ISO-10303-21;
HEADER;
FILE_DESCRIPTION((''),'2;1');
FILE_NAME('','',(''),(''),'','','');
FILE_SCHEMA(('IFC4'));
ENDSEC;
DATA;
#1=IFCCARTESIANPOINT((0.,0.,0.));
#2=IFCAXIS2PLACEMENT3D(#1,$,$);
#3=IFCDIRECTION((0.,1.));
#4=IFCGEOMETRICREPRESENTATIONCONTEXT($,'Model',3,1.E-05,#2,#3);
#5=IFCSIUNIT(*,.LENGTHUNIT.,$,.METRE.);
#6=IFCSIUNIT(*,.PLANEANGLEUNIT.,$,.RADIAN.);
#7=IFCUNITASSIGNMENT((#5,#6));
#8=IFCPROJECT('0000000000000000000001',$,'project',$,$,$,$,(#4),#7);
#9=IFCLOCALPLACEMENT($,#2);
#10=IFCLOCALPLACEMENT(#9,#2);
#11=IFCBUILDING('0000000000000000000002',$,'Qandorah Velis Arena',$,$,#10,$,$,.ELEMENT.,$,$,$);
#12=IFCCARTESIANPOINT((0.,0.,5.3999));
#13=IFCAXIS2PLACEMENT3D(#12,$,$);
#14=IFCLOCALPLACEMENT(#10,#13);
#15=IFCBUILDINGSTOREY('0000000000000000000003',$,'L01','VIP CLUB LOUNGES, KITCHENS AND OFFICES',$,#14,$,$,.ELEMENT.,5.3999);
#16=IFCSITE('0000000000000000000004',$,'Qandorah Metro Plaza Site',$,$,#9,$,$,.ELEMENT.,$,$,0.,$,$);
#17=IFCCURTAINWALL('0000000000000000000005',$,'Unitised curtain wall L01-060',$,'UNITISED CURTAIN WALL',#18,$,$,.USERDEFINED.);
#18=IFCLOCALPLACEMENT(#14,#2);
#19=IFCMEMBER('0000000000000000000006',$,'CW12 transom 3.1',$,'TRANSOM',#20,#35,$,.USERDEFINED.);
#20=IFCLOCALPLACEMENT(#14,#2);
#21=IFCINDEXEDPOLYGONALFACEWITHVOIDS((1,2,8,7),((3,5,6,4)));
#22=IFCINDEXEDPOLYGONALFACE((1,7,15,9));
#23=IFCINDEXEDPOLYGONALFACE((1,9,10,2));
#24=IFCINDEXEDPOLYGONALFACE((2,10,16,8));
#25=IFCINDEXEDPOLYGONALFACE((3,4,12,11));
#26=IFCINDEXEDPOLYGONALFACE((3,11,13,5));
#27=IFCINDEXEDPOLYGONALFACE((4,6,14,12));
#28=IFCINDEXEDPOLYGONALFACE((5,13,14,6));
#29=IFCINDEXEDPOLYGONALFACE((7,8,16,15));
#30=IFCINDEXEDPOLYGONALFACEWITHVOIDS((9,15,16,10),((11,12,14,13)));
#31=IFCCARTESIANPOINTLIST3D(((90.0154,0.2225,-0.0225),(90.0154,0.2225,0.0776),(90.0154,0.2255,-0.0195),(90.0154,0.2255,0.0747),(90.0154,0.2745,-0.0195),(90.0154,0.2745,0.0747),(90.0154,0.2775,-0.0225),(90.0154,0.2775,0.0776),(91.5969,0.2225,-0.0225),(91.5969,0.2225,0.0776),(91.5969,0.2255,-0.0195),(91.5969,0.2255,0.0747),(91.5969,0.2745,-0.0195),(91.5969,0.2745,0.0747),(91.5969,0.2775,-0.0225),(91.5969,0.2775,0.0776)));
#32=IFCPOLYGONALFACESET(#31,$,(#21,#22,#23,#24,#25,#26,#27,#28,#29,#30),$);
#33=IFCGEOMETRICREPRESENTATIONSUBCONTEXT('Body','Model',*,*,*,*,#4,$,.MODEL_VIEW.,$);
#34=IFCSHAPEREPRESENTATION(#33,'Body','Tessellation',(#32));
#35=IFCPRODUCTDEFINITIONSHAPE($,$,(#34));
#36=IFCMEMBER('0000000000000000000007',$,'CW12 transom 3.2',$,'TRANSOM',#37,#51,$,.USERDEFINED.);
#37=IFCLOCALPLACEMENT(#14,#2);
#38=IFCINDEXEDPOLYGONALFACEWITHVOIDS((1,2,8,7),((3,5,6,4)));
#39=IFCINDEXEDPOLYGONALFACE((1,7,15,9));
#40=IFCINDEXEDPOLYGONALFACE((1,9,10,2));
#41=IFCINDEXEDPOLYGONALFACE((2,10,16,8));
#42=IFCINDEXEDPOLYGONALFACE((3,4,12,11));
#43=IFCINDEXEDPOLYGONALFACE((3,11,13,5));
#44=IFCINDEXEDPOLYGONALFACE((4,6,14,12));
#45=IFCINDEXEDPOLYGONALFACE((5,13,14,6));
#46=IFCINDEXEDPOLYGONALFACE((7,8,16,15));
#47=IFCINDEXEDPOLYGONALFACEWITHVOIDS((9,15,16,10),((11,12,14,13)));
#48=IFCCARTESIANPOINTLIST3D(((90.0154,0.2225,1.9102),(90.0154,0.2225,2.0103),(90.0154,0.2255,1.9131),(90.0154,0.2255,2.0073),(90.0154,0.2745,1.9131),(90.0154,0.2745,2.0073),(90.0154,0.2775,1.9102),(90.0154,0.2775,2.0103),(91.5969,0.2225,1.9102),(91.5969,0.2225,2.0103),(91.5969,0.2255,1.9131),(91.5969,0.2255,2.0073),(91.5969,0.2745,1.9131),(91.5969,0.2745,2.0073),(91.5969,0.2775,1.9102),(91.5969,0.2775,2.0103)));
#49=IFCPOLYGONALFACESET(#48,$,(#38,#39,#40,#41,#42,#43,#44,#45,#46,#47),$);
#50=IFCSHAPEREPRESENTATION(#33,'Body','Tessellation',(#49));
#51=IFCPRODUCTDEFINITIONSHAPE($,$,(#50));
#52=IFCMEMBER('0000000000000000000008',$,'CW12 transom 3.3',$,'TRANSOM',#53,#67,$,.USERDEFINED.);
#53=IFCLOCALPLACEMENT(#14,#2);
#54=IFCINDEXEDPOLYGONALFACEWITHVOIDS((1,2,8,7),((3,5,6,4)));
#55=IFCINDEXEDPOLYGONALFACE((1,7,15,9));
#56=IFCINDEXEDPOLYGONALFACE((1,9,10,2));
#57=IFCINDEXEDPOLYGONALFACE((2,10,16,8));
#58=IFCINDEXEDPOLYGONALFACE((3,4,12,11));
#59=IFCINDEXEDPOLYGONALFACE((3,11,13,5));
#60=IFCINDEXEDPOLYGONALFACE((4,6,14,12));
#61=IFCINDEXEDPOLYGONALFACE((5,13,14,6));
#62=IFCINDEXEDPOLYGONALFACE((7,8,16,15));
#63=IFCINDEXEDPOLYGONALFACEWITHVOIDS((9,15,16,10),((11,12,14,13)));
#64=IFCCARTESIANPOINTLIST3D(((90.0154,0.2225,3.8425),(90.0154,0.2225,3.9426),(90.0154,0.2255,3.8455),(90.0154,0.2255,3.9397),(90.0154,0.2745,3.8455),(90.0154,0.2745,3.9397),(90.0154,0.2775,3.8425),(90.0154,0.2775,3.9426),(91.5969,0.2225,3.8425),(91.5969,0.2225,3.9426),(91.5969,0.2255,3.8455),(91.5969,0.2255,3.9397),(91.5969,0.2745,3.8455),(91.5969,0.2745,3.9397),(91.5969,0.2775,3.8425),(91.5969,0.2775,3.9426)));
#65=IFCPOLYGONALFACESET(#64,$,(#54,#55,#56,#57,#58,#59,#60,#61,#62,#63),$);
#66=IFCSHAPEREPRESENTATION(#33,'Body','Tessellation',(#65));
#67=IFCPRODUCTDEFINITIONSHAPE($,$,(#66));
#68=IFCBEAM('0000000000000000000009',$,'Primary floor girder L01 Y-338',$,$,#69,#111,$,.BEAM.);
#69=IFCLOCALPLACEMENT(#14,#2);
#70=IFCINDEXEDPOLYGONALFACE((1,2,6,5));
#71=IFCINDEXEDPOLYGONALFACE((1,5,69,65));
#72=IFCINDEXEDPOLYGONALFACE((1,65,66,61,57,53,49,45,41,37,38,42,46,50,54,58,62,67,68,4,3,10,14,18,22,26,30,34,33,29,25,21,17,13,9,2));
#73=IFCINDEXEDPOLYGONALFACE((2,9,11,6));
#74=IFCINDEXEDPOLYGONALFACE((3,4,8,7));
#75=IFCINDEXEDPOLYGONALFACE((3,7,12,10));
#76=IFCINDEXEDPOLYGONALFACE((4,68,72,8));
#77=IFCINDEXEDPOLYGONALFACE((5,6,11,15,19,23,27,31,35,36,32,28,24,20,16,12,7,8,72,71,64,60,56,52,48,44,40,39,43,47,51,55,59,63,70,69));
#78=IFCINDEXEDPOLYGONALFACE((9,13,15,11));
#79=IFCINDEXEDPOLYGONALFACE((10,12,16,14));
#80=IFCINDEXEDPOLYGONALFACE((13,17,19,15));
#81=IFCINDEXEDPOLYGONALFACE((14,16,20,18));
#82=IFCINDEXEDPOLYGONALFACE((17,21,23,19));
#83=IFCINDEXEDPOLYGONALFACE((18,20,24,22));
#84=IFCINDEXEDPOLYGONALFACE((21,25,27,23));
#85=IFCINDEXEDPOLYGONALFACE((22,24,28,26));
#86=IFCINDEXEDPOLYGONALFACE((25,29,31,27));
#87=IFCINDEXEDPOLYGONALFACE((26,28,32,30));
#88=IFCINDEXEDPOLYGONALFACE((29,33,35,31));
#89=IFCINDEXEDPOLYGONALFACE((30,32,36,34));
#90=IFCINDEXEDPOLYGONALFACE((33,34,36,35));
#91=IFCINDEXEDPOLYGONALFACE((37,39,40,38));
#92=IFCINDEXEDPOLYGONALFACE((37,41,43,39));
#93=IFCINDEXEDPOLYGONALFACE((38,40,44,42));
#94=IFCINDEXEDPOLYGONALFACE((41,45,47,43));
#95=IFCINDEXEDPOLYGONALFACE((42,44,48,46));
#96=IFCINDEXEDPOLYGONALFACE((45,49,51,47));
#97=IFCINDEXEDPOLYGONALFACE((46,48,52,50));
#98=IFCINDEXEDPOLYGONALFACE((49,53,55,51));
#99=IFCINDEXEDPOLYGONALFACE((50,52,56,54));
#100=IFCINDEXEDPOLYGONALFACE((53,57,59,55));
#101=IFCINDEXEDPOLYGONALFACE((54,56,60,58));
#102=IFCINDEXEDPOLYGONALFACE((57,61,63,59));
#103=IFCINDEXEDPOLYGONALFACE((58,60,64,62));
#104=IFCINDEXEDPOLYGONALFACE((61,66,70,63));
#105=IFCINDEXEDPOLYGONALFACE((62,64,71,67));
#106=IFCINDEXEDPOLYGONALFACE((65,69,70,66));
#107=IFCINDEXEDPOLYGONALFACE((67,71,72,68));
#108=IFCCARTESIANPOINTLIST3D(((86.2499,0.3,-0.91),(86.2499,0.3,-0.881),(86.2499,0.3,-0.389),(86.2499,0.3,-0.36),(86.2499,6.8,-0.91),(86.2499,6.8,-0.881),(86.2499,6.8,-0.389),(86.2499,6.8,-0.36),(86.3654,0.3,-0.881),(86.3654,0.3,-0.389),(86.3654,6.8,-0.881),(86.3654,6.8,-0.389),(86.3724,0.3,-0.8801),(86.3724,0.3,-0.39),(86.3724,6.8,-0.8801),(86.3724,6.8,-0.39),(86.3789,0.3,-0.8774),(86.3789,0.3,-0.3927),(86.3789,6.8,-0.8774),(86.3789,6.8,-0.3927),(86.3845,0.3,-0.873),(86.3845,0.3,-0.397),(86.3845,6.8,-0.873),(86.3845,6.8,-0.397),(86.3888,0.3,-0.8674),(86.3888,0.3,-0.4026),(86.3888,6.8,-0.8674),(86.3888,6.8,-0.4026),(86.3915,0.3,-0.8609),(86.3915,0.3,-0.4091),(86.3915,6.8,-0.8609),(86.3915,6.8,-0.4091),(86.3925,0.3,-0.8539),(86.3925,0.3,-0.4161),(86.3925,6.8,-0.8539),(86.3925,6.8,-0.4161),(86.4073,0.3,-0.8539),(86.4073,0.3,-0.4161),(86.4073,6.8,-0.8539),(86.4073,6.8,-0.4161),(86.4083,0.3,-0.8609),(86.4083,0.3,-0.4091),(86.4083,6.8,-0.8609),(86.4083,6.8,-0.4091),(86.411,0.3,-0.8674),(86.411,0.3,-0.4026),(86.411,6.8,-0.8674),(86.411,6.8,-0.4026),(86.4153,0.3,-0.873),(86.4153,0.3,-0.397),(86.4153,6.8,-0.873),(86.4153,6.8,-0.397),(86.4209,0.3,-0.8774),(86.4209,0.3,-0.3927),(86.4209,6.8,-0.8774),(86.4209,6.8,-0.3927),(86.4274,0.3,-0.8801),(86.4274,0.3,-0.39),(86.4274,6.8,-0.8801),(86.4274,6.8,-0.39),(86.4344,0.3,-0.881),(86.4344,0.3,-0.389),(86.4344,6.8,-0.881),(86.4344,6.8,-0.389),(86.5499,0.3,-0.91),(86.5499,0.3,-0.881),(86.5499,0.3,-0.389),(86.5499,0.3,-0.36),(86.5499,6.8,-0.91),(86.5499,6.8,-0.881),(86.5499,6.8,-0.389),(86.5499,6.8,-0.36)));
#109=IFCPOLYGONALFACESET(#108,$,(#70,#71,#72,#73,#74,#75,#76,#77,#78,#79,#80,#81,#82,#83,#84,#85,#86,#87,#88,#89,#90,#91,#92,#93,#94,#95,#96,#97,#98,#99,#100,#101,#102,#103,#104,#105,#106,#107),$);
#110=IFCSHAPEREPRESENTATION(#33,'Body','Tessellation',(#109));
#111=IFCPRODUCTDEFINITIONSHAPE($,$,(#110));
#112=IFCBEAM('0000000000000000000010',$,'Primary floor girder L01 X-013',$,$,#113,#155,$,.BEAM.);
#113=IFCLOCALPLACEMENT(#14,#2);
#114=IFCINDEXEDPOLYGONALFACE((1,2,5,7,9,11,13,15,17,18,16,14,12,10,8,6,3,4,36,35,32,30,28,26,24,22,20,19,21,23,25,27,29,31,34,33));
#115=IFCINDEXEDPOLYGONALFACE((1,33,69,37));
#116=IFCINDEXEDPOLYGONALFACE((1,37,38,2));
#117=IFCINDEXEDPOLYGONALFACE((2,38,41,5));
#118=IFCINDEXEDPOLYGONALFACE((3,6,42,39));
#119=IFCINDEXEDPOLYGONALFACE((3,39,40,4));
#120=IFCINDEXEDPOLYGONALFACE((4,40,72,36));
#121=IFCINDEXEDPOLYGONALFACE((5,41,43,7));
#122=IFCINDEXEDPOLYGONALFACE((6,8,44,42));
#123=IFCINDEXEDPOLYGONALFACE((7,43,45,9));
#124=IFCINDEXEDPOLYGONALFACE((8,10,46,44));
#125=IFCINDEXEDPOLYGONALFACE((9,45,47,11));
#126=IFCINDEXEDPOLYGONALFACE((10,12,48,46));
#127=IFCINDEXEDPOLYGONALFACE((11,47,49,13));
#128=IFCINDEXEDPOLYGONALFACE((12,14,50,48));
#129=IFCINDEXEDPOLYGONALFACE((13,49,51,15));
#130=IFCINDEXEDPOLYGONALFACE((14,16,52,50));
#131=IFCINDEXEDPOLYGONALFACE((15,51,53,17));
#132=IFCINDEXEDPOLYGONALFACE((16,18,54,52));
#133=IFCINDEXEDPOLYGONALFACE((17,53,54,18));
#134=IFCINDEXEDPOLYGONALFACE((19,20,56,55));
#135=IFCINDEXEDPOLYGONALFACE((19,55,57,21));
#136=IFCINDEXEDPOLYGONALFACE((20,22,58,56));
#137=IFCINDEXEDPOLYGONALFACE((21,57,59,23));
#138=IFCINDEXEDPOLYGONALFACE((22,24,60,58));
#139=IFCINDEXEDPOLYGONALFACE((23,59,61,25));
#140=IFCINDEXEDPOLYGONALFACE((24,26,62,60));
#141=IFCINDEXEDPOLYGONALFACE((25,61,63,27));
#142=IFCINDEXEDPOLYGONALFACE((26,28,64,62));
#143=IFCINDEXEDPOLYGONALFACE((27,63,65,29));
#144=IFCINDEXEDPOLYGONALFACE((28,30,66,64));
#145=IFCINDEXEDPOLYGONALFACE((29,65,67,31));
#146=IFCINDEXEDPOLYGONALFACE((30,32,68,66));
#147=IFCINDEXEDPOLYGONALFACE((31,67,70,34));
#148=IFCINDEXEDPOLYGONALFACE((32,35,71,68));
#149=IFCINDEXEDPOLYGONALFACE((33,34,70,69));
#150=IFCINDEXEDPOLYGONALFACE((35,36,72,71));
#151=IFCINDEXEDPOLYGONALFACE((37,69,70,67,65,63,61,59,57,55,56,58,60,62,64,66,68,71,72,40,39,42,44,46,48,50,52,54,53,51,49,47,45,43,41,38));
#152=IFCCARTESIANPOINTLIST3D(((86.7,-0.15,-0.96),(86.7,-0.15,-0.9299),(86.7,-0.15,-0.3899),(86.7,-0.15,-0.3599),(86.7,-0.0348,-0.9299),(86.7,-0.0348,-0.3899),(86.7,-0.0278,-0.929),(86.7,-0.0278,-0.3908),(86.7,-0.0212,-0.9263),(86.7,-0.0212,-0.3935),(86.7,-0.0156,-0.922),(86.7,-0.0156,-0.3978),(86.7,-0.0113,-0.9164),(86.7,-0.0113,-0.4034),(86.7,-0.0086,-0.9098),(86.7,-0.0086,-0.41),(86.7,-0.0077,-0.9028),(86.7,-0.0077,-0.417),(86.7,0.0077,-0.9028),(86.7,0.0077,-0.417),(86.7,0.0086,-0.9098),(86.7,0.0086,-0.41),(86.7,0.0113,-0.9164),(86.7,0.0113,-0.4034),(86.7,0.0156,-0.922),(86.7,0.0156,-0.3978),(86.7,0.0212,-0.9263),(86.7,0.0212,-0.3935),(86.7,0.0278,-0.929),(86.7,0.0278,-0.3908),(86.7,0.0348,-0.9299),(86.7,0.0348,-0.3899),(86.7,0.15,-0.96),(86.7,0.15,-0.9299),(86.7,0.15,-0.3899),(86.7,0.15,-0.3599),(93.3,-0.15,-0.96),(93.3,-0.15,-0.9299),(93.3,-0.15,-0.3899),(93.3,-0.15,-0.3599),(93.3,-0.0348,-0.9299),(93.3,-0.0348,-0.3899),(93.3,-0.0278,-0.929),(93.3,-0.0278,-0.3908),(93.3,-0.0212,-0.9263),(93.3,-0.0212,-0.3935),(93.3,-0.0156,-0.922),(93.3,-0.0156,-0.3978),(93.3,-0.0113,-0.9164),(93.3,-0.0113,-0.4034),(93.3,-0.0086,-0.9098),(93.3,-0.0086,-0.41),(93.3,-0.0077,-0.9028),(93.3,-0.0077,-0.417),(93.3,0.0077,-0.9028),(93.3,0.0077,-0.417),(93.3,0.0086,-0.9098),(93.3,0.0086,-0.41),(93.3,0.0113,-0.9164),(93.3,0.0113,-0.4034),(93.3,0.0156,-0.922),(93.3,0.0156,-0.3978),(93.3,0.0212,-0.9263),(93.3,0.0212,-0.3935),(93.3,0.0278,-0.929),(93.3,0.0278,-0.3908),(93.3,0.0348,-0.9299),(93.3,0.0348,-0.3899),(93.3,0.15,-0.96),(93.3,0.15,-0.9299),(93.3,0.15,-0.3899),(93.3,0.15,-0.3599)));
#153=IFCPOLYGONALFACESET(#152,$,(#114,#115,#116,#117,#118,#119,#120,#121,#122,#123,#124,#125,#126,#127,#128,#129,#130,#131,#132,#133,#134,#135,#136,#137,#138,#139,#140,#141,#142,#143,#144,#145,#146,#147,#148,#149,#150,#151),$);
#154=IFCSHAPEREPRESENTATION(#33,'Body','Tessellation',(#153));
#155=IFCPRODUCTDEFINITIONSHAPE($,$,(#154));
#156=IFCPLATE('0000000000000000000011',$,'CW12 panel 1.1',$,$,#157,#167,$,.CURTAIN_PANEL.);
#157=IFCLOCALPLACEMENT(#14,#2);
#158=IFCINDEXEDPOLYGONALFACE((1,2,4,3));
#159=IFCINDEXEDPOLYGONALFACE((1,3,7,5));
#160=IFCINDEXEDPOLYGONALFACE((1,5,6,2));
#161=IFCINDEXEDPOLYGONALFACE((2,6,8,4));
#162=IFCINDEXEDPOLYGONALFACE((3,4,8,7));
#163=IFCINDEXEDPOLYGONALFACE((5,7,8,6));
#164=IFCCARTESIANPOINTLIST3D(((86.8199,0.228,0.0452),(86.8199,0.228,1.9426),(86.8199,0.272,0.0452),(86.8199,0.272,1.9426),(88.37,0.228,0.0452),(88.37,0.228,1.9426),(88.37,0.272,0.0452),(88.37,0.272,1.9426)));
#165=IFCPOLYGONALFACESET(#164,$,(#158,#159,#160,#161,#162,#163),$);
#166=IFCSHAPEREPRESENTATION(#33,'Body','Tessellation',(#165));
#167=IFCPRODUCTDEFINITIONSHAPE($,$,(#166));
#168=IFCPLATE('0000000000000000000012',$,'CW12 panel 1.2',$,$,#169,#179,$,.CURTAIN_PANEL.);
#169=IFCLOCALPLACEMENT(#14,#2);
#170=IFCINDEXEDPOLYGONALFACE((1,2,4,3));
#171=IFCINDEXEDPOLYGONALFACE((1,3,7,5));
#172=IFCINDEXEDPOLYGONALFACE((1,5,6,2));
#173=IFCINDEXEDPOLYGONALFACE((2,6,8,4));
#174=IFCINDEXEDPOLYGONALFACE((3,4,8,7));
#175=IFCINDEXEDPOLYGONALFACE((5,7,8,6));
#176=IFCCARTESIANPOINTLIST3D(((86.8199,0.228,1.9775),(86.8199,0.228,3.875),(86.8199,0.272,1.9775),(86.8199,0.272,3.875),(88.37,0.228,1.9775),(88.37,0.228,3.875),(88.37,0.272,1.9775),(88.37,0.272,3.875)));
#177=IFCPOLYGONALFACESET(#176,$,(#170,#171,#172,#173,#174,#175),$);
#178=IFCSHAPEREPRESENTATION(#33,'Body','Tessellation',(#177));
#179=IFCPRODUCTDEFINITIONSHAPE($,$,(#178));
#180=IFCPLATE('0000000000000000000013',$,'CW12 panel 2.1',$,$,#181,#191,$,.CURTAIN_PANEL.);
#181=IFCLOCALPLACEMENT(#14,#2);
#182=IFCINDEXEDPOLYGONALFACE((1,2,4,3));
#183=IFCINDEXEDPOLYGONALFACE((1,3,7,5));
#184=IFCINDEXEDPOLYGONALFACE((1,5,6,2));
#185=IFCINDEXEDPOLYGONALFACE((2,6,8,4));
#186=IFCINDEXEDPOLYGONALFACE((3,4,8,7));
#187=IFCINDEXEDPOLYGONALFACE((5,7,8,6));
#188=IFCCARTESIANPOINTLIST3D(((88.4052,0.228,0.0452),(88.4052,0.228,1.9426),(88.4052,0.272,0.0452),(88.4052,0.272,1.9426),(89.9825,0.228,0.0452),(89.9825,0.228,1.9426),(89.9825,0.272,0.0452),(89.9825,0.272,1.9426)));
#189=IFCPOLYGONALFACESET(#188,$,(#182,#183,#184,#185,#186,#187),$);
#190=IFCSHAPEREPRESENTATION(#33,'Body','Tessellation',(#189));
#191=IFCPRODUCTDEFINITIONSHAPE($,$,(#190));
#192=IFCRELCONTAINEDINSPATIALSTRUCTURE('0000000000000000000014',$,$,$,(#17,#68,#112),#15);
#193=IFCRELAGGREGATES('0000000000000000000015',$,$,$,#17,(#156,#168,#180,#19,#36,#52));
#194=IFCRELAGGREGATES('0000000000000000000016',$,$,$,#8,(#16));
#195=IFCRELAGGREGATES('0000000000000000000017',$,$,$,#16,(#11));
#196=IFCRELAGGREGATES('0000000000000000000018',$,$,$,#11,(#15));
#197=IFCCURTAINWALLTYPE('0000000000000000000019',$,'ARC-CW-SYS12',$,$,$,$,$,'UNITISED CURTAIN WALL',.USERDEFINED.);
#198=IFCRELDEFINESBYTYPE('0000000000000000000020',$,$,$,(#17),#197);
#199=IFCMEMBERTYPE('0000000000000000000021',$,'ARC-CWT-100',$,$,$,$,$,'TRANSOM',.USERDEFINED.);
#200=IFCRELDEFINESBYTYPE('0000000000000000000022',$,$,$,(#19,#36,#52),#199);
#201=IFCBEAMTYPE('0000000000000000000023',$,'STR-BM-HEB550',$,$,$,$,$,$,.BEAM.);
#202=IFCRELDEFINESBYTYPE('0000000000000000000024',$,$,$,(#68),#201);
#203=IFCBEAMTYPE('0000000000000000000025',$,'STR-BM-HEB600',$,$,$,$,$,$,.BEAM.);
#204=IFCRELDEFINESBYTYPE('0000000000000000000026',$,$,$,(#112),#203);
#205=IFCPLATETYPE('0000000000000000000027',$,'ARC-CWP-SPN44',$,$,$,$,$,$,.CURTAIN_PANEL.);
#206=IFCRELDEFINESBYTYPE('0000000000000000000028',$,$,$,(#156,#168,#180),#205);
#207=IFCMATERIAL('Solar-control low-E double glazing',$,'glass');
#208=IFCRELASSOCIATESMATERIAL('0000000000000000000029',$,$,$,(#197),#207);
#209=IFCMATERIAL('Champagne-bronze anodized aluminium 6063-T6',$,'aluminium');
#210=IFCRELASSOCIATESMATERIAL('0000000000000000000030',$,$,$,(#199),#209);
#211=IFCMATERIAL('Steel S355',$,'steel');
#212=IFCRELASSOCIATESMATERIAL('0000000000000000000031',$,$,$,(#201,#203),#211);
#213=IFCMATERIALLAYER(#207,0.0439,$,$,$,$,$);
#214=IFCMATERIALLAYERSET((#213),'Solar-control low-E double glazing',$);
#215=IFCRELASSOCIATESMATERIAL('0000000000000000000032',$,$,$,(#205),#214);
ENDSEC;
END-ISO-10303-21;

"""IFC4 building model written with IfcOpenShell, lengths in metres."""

from ifc_helpers import new_model, si_unit, direction, frame, origin, origin_2d, place, context, subcontext, project, spatial, rectangle, hollow_rectangle, i_section, extrude, material, layer, layer_set, material_profile, profile_set, type_object, element, aggregate, save


model = new_model("IFC4")

# Units and contexts
model_context = context("Model", 3, precision=1e-05, world=origin(), true_north=direction((0.0, 1.0)))
body_context = subcontext(model_context, "Body", "Model", "MODEL_VIEW")
ifc_project = project(units=[si_unit("LENGTHUNIT", "METRE"), si_unit("PLANEANGLEUNIT", "RADIAN")], contexts=[model_context])

# Site, building, storey
site_placement = place(None, origin())
site = spatial("IfcSite", under=ifc_project, at=site_placement, Name="Qandorah Metro Plaza Site", CompositionType="ELEMENT", RefElevation=0.0)
building_placement = place(site_placement, origin())
building = spatial("IfcBuilding", under=site, at=building_placement, Name="Qandorah Velis Arena", CompositionType="ELEMENT")
storey_placement = place(building_placement, frame((0.0, 0.0, 5.3999)))
storey = spatial("IfcBuildingStorey", under=building, at=storey_placement, Name="L01", Description="VIP CLUB LOUNGES, KITCHENS AND OFFICES", CompositionType="ELEMENT", Elevation=5.3999)

# Curtain wall, members
ifc_material_1 = material(Name="Solar-control low-E double glazing", Category="glass")
curtain_wall_type = type_object("IfcCurtainWallType", Name="ARC-CW-SYS12", ElementType="UNITISED CURTAIN WALL", PredefinedType="USERDEFINED", material=ifc_material_1)
curtain_wall_placement = place(storey_placement, origin())
curtain_wall = element("IfcCurtainWall", 1, at=curtain_wall_placement, inside=storey, type_object=curtain_wall_type, Name="Unitised curtain wall L01-060", ObjectType="UNITISED CURTAIN WALL", PredefinedType="USERDEFINED")
ifc_material_2 = material(Name="Champagne-bronze anodized aluminium 6063-T6", Category="aluminium")
ifc_material_profile_1 = material_profile(ifc_material_2, hollow_rectangle(XDim=0.0549, YDim=0.1001, WallThickness=0.0029, at=origin_2d()), Name="ALU TRANSOM 55x100")
ifc_profile_set_1 = profile_set([ifc_material_profile_1], Name="Champagne-bronze anodized aluminium 6063-T6")
member_type_1 = type_object("IfcMemberType", Name="ARC-CWT-100", ElementType="TRANSOM", PredefinedType="USERDEFINED", material=ifc_profile_set_1)
member_1_placement = place(storey_placement, frame((90.0154, 0.25, 0.0276), z_axis=(1.0, 0.0, 0.0), x_axis=(0.0, 1.0, 0.0)))
member_1 = element("IfcMember", 2, at=member_1_placement, type_object=member_type_1, Name="CW12 transom 3.1", ObjectType="TRANSOM", PredefinedType="USERDEFINED", context=body_context, shape_type="SweptSolid", body=[
    extrude(hollow_rectangle(XDim=0.0549, YDim=0.1001, WallThickness=0.0029, at=origin_2d()), origin(), (0.0, 0.0, 1.0), 1.5815),
])
member_2_placement = place(storey_placement, frame((90.0154, 0.25, 1.9602), z_axis=(1.0, 0.0, 0.0), x_axis=(0.0, 1.0, 0.0)))
member_2 = element("IfcMember", 3, at=member_2_placement, type_object=member_type_1, Name="CW12 transom 3.2", ObjectType="TRANSOM", PredefinedType="USERDEFINED", context=body_context, shape_type="SweptSolid", body=[
    extrude(hollow_rectangle(XDim=0.0549, YDim=0.1001, WallThickness=0.0029, at=origin_2d()), origin(), (0.0, 0.0, 1.0), 1.5815),
])
member_3_placement = place(storey_placement, frame((90.0154, 0.25, 3.8926), z_axis=(1.0, 0.0, 0.0), x_axis=(0.0, 1.0, 0.0)))
member_3 = element("IfcMember", 4, at=member_3_placement, type_object=member_type_1, Name="CW12 transom 3.3", ObjectType="TRANSOM", PredefinedType="USERDEFINED", context=body_context, shape_type="SweptSolid", body=[
    extrude(hollow_rectangle(XDim=0.0549, YDim=0.1001, WallThickness=0.0029, at=origin_2d()), origin(), (0.0, 0.0, 1.0), 1.5815),
])

# Beams
ifc_material_3 = material(Name="Steel S355", Category="steel")
ifc_material_profile_2 = material_profile(ifc_material_3, i_section(OverallWidth=0.3, OverallDepth=0.55, WebThickness=0.0149, FlangeThickness=0.0291, FilletRadius=0.0271, at=origin_2d()), Name="HEB 550")
ifc_profile_set_2 = profile_set([ifc_material_profile_2], Name="Steel S355")
beam_type_1 = type_object("IfcBeamType", Name="STR-BM-HEB550", PredefinedType="BEAM", material=ifc_profile_set_2)
beam_1_placement = place(storey_placement, frame((86.3999, 0.3, -0.635), z_axis=(0.0, 1.0, 0.0), x_axis=(-1.0, 0.0, 0.0)))
element("IfcBeam", 5, at=beam_1_placement, inside=storey, type_object=beam_type_1, Name="Primary floor girder L01 Y-338", PredefinedType="BEAM", context=body_context, shape_type="SweptSolid", body=[
    extrude(i_section(OverallWidth=0.3, OverallDepth=0.55, WebThickness=0.0149, FlangeThickness=0.0291, FilletRadius=0.0271, at=origin_2d()), origin(), (0.0, 0.0, 1.0), 6.5),
])
ifc_material_profile_3 = material_profile(ifc_material_3, i_section(OverallWidth=0.3, OverallDepth=0.6001, WebThickness=0.0154, FlangeThickness=0.03, FilletRadius=0.0271, at=origin_2d()), Name="HEB 600")
ifc_profile_set_3 = profile_set([ifc_material_profile_3], Name="Steel S355")
beam_type_2 = type_object("IfcBeamType", Name="STR-BM-HEB600", PredefinedType="BEAM", material=ifc_profile_set_3)
beam_2_placement = place(storey_placement, frame((86.7, 0.0, -0.6599), z_axis=(1.0, 0.0, 0.0), x_axis=(0.0, 1.0, 0.0)))
element("IfcBeam", 6, at=beam_2_placement, inside=storey, type_object=beam_type_2, Name="Primary floor girder L01 X-013", PredefinedType="BEAM", context=body_context, shape_type="SweptSolid", body=[
    extrude(i_section(OverallWidth=0.3, OverallDepth=0.6001, WebThickness=0.0154, FlangeThickness=0.03, FilletRadius=0.0271, at=origin_2d()), origin(), (0.0, 0.0, 1.0), 6.6001),
])

# Plates
ifc_layer = layer(ifc_material_1, 0.0439)
ifc_layer_set = layer_set([ifc_layer], Name="Solar-control low-E double glazing")
plate_type = type_object("IfcPlateType", Name="ARC-CWP-SPN44", PredefinedType="CURTAIN_PANEL", material=ifc_layer_set)
plate_1_placement = place(storey_placement, frame((87.595, 0.25, 0.0452), z_axis=(0.0, 0.0, 1.0), x_axis=(1.0, 0.0, 0.0)))
plate_1 = element("IfcPlate", 7, at=plate_1_placement, type_object=plate_type, Name="CW12 panel 1.1", PredefinedType="CURTAIN_PANEL", context=body_context, shape_type="SweptSolid", body=[
    extrude(rectangle(XDim=1.55, YDim=0.0439, at=origin_2d()), origin(), (0.0, 0.0, 1.0), 1.8975),
])
plate_2_placement = place(storey_placement, frame((87.595, 0.25, 1.9775), z_axis=(0.0, 0.0, 1.0), x_axis=(1.0, 0.0, 0.0)))
plate_2 = element("IfcPlate", 8, at=plate_2_placement, type_object=plate_type, Name="CW12 panel 1.2", PredefinedType="CURTAIN_PANEL", context=body_context, shape_type="SweptSolid", body=[
    extrude(rectangle(XDim=1.55, YDim=0.0439, at=origin_2d()), origin(), (0.0, 0.0, 1.0), 1.8975),
])
plate_3_placement = place(storey_placement, frame((89.1938, 0.25, 0.0452), z_axis=(0.0, 0.0, 1.0), x_axis=(1.0, 0.0, 0.0)))
plate_3 = element("IfcPlate", 9, at=plate_3_placement, type_object=plate_type, Name="CW12 panel 2.1", PredefinedType="CURTAIN_PANEL", context=body_context, shape_type="SweptSolid", body=[
    extrude(rectangle(XDim=1.5774, YDim=0.0439, at=origin_2d()), origin(), (0.0, 0.0, 1.0), 1.8975),
])
aggregate(curtain_wall, [plate_1, plate_2, plate_3, member_1, member_2, member_3])

save(model, "model.ifc")
